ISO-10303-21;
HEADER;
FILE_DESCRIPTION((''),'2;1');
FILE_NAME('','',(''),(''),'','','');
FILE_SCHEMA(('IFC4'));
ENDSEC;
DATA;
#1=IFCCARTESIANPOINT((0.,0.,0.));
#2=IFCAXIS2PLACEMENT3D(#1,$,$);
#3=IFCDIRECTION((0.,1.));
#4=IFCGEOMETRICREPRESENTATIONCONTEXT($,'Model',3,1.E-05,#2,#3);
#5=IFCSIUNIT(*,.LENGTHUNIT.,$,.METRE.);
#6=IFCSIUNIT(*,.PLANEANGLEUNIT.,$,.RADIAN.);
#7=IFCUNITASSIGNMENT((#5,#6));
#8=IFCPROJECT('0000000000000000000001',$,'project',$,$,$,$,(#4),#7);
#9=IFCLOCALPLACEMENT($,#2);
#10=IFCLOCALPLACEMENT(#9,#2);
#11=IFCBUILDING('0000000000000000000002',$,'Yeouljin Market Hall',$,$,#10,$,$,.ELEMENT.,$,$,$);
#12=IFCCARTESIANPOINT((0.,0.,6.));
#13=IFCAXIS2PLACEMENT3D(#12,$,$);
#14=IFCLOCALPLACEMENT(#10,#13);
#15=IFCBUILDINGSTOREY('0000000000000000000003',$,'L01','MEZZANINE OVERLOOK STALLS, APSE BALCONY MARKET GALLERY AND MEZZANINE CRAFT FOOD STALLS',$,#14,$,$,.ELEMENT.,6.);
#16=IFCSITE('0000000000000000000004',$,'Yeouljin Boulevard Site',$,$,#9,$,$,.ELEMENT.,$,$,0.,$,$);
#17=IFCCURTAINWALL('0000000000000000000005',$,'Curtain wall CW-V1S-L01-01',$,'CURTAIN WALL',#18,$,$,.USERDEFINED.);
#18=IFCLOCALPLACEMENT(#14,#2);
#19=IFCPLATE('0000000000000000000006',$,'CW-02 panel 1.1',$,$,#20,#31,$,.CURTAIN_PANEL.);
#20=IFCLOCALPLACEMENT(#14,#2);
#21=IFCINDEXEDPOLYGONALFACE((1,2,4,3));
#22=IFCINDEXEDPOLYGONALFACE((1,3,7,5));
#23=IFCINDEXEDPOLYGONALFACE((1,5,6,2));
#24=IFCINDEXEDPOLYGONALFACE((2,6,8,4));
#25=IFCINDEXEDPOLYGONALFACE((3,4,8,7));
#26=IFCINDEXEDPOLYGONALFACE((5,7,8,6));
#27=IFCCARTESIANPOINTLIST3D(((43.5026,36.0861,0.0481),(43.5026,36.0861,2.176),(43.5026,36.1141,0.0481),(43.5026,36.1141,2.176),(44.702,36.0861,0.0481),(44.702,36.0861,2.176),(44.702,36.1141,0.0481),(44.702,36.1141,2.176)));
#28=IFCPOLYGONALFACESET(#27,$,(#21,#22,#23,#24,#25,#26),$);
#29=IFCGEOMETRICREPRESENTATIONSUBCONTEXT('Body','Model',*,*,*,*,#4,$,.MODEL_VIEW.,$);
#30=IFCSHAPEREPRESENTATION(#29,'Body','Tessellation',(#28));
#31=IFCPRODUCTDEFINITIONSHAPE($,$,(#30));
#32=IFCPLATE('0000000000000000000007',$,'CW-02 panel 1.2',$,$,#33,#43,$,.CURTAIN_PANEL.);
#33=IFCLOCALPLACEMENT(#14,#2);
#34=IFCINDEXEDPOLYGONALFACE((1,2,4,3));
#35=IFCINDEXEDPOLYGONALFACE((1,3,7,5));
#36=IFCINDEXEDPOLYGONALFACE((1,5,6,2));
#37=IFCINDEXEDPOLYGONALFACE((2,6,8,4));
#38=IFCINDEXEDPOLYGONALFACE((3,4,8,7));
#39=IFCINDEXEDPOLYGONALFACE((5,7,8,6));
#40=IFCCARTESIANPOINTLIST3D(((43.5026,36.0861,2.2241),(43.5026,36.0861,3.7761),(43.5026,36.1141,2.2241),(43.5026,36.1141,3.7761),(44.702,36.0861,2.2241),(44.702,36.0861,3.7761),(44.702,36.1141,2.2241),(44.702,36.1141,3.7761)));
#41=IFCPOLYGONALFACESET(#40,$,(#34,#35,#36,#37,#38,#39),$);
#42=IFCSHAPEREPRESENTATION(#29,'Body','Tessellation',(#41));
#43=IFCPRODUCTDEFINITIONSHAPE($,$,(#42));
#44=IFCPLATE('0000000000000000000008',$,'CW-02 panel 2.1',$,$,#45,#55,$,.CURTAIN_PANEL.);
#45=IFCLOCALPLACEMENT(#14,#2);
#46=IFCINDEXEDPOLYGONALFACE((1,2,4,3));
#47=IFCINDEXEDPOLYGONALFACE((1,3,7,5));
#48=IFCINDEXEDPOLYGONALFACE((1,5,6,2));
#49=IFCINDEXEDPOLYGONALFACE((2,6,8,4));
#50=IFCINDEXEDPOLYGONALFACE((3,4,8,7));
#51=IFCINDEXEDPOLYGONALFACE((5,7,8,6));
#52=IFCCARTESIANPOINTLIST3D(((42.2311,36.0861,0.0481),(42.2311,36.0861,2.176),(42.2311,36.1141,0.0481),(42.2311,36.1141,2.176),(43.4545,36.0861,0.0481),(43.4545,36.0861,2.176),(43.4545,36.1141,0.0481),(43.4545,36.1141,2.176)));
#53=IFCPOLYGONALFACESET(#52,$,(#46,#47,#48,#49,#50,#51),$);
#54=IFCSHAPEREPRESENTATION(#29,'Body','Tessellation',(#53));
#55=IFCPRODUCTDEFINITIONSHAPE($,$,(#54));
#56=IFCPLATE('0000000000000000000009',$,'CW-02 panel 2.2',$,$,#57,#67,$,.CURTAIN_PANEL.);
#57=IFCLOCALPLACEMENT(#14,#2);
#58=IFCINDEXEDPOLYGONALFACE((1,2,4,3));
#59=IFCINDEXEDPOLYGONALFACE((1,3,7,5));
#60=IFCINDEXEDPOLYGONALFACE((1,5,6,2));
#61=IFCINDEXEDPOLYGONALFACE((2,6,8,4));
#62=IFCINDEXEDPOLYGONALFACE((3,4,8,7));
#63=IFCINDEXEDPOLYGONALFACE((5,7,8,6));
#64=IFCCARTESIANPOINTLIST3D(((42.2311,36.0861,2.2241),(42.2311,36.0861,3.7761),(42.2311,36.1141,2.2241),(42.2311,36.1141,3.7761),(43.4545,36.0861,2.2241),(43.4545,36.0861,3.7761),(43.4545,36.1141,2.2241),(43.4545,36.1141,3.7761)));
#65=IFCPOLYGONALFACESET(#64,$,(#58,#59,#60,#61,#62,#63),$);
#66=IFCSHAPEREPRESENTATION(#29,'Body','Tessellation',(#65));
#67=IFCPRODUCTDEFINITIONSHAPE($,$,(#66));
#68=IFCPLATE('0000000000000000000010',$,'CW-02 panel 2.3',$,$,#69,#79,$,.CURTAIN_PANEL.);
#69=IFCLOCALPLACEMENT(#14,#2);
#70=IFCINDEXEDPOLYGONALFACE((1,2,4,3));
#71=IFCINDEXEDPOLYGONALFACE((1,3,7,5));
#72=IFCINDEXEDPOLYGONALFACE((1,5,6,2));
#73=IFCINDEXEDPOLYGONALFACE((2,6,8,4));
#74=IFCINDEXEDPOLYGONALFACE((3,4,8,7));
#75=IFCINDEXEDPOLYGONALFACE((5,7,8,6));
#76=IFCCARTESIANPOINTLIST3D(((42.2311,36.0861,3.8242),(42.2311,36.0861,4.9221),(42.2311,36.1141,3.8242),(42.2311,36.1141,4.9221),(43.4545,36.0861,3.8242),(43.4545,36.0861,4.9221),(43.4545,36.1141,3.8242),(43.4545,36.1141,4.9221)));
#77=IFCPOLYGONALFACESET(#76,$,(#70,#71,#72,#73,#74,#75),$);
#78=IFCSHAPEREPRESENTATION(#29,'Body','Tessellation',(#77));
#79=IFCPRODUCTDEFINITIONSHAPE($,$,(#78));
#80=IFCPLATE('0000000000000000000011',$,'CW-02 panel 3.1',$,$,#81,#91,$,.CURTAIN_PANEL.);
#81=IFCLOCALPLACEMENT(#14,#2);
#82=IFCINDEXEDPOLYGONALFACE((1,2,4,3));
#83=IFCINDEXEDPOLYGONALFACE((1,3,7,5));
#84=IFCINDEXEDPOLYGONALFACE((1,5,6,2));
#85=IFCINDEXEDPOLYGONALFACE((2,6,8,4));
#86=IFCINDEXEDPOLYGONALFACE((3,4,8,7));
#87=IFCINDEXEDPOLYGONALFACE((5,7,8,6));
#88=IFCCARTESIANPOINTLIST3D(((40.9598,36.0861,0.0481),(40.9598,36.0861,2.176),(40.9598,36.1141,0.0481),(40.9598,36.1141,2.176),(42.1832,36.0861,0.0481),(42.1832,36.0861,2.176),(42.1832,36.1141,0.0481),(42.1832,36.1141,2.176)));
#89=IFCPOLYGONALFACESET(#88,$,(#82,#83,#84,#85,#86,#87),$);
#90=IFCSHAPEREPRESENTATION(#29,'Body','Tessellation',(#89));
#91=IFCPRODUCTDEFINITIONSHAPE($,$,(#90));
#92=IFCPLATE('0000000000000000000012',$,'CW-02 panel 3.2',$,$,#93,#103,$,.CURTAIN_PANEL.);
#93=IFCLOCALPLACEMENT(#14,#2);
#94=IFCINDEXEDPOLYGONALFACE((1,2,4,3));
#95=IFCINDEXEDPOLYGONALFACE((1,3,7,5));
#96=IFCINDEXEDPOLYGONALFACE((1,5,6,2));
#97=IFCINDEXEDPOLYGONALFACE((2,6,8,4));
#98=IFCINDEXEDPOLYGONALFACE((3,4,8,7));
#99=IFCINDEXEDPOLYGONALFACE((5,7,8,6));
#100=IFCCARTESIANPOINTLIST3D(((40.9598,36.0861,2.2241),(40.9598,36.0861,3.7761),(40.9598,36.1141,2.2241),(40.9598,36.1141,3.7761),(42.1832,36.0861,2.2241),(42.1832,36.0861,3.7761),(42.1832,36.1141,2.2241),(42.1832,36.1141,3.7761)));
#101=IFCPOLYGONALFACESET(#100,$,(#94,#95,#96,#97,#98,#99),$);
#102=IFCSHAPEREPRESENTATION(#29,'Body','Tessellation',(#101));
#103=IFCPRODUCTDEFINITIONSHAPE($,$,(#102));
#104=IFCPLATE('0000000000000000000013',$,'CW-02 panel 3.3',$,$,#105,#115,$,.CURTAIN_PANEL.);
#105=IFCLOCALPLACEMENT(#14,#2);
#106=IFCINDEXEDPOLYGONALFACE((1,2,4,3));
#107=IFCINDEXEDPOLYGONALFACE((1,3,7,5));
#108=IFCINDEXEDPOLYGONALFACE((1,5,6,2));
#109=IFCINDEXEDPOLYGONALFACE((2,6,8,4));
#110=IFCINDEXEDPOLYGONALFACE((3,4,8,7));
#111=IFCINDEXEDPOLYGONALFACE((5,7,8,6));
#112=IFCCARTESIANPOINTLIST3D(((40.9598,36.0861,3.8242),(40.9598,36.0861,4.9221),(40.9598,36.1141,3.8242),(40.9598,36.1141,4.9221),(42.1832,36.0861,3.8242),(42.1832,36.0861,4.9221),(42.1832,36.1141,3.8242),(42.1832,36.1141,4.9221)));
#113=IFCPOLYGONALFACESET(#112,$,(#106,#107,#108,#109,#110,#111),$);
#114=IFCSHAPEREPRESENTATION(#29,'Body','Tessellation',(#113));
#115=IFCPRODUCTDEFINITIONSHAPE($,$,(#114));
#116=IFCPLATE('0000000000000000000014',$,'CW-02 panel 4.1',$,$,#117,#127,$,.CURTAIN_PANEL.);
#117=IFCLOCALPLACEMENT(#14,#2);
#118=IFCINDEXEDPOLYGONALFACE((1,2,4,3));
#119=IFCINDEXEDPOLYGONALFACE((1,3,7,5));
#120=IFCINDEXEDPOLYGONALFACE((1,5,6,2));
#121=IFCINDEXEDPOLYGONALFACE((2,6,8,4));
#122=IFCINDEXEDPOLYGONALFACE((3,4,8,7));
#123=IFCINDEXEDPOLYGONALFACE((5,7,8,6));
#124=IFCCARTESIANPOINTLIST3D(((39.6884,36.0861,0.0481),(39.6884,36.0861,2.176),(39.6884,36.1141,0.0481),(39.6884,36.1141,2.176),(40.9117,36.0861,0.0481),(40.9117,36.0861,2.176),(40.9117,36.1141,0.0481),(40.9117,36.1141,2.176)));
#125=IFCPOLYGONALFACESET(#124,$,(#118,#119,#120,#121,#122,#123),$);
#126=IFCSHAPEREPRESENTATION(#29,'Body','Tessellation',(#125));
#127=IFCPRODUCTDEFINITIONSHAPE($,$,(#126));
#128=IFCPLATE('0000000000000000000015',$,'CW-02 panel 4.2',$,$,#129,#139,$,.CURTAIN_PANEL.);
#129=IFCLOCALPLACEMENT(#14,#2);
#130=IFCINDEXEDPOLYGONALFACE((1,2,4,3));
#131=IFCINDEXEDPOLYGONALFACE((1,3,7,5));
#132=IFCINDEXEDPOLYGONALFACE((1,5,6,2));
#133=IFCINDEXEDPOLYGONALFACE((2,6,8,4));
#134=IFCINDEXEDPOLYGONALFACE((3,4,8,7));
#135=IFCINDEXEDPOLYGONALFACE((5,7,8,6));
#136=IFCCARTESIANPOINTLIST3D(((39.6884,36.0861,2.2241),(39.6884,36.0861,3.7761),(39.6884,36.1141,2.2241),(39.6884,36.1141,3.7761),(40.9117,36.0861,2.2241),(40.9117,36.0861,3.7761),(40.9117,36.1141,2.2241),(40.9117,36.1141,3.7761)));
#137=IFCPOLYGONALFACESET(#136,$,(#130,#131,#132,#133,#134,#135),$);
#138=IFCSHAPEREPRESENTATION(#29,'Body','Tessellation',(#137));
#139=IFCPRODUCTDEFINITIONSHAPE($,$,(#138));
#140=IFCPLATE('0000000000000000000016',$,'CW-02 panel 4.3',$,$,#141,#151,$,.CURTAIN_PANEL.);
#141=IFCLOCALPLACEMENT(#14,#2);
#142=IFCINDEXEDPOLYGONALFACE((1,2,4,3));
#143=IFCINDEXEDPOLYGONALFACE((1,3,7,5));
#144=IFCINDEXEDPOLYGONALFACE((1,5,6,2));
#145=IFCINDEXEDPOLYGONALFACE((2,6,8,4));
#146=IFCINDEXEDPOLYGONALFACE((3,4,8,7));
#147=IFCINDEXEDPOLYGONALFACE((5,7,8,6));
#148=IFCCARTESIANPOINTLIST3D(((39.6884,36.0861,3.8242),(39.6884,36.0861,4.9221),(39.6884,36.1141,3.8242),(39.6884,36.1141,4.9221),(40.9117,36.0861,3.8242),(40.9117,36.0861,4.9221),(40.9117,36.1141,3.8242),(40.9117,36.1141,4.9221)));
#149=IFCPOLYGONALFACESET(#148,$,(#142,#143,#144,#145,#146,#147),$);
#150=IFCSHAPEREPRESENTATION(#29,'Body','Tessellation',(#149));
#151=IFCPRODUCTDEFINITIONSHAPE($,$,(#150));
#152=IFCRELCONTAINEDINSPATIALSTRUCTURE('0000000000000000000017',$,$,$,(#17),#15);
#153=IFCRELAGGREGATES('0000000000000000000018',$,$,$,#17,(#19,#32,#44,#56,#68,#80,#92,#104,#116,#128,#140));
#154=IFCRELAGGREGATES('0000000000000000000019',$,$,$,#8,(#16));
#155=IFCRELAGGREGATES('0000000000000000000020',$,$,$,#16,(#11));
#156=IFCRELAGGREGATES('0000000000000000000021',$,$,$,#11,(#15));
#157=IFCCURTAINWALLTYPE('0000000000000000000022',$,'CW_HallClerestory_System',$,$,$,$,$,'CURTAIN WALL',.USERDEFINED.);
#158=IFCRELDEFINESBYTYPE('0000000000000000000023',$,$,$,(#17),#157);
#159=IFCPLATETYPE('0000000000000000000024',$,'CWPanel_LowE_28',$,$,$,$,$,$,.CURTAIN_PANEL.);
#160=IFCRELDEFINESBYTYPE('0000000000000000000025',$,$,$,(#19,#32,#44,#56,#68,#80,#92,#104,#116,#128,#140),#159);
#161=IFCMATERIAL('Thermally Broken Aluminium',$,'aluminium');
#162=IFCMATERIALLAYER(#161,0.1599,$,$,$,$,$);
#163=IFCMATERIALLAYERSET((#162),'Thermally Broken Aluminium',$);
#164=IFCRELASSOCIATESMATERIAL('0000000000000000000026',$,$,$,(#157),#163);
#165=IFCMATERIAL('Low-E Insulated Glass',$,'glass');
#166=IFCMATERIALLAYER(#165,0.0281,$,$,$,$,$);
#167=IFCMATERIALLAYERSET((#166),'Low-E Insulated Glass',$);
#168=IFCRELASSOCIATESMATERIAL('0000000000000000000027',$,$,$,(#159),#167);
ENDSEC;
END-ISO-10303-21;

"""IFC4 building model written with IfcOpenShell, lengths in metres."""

from ifc_helpers import new_model, si_unit, direction, frame, origin, origin_2d, place, context, subcontext, project, spatial, rectangle, extrude, material, layer, layer_set, type_object, element, aggregate, save


model = new_model("IFC4")

# Units and contexts
model_context = context("Model", 3, precision=1e-05, world=origin(), true_north=direction((0.0, 1.0)))
body_context = subcontext(model_context, "Body", "Model", "MODEL_VIEW")
ifc_project = project(units=[si_unit("LENGTHUNIT", "METRE"), si_unit("PLANEANGLEUNIT", "RADIAN")], contexts=[model_context])

# Site, building, storey
site_placement = place(None, origin())
site = spatial("IfcSite", under=ifc_project, at=site_placement, Name="Yeouljin Boulevard Site", CompositionType="ELEMENT", RefElevation=0.0)
building_placement = place(site_placement, origin())
building = spatial("IfcBuilding", under=site, at=building_placement, Name="Yeouljin Market Hall", CompositionType="ELEMENT")
storey_placement = place(building_placement, frame((0.0, 0.0, 6.0)))
storey = spatial("IfcBuildingStorey", under=building, at=storey_placement, Name="L01", Description="MEZZANINE OVERLOOK STALLS, APSE BALCONY MARKET GALLERY AND MEZZANINE CRAFT FOOD STALLS", CompositionType="ELEMENT", Elevation=6.0)

# Curtain wall, plates
ifc_material_1 = material(Name="Thermally Broken Aluminium", Category="aluminium")
ifc_layer_1 = layer(ifc_material_1, 0.1599)
ifc_layer_set_1 = layer_set([ifc_layer_1], Name="Thermally Broken Aluminium")
curtain_wall_type = type_object("IfcCurtainWallType", Name="CW_HallClerestory_System", ElementType="CURTAIN WALL", PredefinedType="USERDEFINED", material=ifc_layer_set_1)
curtain_wall_placement = place(storey_placement, origin())
curtain_wall = element("IfcCurtainWall", 1, at=curtain_wall_placement, inside=storey, type_object=curtain_wall_type, Name="Curtain wall CW-V1S-L01-01", ObjectType="CURTAIN WALL", PredefinedType="USERDEFINED")
ifc_material_2 = material(Name="Low-E Insulated Glass", Category="glass")
ifc_layer_2 = layer(ifc_material_2, 0.0281)
ifc_layer_set_2 = layer_set([ifc_layer_2], Name="Low-E Insulated Glass")
plate_type = type_object("IfcPlateType", Name="CWPanel_LowE_28", PredefinedType="CURTAIN_PANEL", material=ifc_layer_set_2)
plate_1_placement = place(storey_placement, frame((44.1023, 36.1001, 0.0481), z_axis=(0.0, 0.0, 1.0), x_axis=(-1.0, 0.0, 0.0)))
plate_1 = element("IfcPlate", 2, at=plate_1_placement, type_object=plate_type, Name="CW-02 panel 1.1", PredefinedType="CURTAIN_PANEL", context=body_context, shape_type="SweptSolid", body=[
    extrude(rectangle(XDim=1.1995, YDim=0.0281, at=origin_2d()), origin(), (0.0, 0.0, 1.0), 2.1279),
])
plate_2_placement = place(storey_placement, frame((44.1023, 36.1001, 2.2241), z_axis=(0.0, 0.0, 1.0), x_axis=(-1.0, 0.0, 0.0)))
plate_2 = element("IfcPlate", 3, at=plate_2_placement, type_object=plate_type, Name="CW-02 panel 1.2", PredefinedType="CURTAIN_PANEL", context=body_context, shape_type="SweptSolid", body=[
    extrude(rectangle(XDim=1.1995, YDim=0.0281, at=origin_2d()), origin(), (0.0, 0.0, 1.0), 1.552),
])
plate_3_placement = place(storey_placement, frame((42.8428, 36.1001, 0.0481), z_axis=(0.0, 0.0, 1.0), x_axis=(-1.0, 0.0, 0.0)))
plate_3 = element("IfcPlate", 4, at=plate_3_placement, type_object=plate_type, Name="CW-02 panel 2.1", PredefinedType="CURTAIN_PANEL", context=body_context, shape_type="SweptSolid", body=[
    extrude(rectangle(XDim=1.2234, YDim=0.0281, at=origin_2d()), origin(), (0.0, 0.0, 1.0), 2.1279),
])
plate_4_placement = place(storey_placement, frame((42.8428, 36.1001, 2.2241), z_axis=(0.0, 0.0, 1.0), x_axis=(-1.0, 0.0, 0.0)))
plate_4 = element("IfcPlate", 5, at=plate_4_placement, type_object=plate_type, Name="CW-02 panel 2.2", PredefinedType="CURTAIN_PANEL", context=body_context, shape_type="SweptSolid", body=[
    extrude(rectangle(XDim=1.2234, YDim=0.0281, at=origin_2d()), origin(), (0.0, 0.0, 1.0), 1.552),
])
plate_5_placement = place(storey_placement, frame((42.8428, 36.1001, 3.8242), z_axis=(0.0, 0.0, 1.0), x_axis=(-1.0, 0.0, 0.0)))
plate_5 = element("IfcPlate", 6, at=plate_5_placement, type_object=plate_type, Name="CW-02 panel 2.3", PredefinedType="CURTAIN_PANEL", context=body_context, shape_type="SweptSolid", body=[
    extrude(rectangle(XDim=1.2234, YDim=0.0281, at=origin_2d()), origin(), (0.0, 0.0, 1.0), 1.0979),
])
plate_6_placement = place(storey_placement, frame((41.5715, 36.1001, 0.0481), z_axis=(0.0, 0.0, 1.0), x_axis=(-1.0, 0.0, 0.0)))
plate_6 = element("IfcPlate", 7, at=plate_6_placement, type_object=plate_type, Name="CW-02 panel 3.1", PredefinedType="CURTAIN_PANEL", context=body_context, shape_type="SweptSolid", body=[
    extrude(rectangle(XDim=1.2234, YDim=0.0281, at=origin_2d()), origin(), (0.0, 0.0, 1.0), 2.1279),
])
plate_7_placement = place(storey_placement, frame((41.5715, 36.1001, 2.2241), z_axis=(0.0, 0.0, 1.0), x_axis=(-1.0, 0.0, 0.0)))
plate_7 = element("IfcPlate", 8, at=plate_7_placement, type_object=plate_type, Name="CW-02 panel 3.2", PredefinedType="CURTAIN_PANEL", context=body_context, shape_type="SweptSolid", body=[
    extrude(rectangle(XDim=1.2234, YDim=0.0281, at=origin_2d()), origin(), (0.0, 0.0, 1.0), 1.552),
])
plate_8_placement = place(storey_placement, frame((41.5715, 36.1001, 3.8242), z_axis=(0.0, 0.0, 1.0), x_axis=(-1.0, 0.0, 0.0)))
plate_8 = element("IfcPlate", 9, at=plate_8_placement, type_object=plate_type, Name="CW-02 panel 3.3", PredefinedType="CURTAIN_PANEL", context=body_context, shape_type="SweptSolid", body=[
    extrude(rectangle(XDim=1.2234, YDim=0.0281, at=origin_2d()), origin(), (0.0, 0.0, 1.0), 1.0979),
])
plate_9_placement = place(storey_placement, frame((40.3, 36.1001, 0.0481), z_axis=(0.0, 0.0, 1.0), x_axis=(-1.0, 0.0, 0.0)))
plate_9 = element("IfcPlate", 10, at=plate_9_placement, type_object=plate_type, Name="CW-02 panel 4.1", PredefinedType="CURTAIN_PANEL", context=body_context, shape_type="SweptSolid", body=[
    extrude(rectangle(XDim=1.2234, YDim=0.0281, at=origin_2d()), origin(), (0.0, 0.0, 1.0), 2.1279),
])
plate_10_placement = place(storey_placement, frame((40.3, 36.1001, 2.2241), z_axis=(0.0, 0.0, 1.0), x_axis=(-1.0, 0.0, 0.0)))
plate_10 = element("IfcPlate", 11, at=plate_10_placement, type_object=plate_type, Name="CW-02 panel 4.2", PredefinedType="CURTAIN_PANEL", context=body_context, shape_type="SweptSolid", body=[
    extrude(rectangle(XDim=1.2234, YDim=0.0281, at=origin_2d()), origin(), (0.0, 0.0, 1.0), 1.552),
])
plate_11_placement = place(storey_placement, frame((40.3, 36.1001, 3.8242), z_axis=(0.0, 0.0, 1.0), x_axis=(-1.0, 0.0, 0.0)))
plate_11 = element("IfcPlate", 12, at=plate_11_placement, type_object=plate_type, Name="CW-02 panel 4.3", PredefinedType="CURTAIN_PANEL", context=body_context, shape_type="SweptSolid", body=[
    extrude(rectangle(XDim=1.2234, YDim=0.0281, at=origin_2d()), origin(), (0.0, 0.0, 1.0), 1.0979),
])
aggregate(curtain_wall, [plate_1, plate_2, plate_3, plate_4, plate_5, plate_6, plate_7, plate_8, plate_9, plate_10, plate_11])

save(model, "model.ifc")
